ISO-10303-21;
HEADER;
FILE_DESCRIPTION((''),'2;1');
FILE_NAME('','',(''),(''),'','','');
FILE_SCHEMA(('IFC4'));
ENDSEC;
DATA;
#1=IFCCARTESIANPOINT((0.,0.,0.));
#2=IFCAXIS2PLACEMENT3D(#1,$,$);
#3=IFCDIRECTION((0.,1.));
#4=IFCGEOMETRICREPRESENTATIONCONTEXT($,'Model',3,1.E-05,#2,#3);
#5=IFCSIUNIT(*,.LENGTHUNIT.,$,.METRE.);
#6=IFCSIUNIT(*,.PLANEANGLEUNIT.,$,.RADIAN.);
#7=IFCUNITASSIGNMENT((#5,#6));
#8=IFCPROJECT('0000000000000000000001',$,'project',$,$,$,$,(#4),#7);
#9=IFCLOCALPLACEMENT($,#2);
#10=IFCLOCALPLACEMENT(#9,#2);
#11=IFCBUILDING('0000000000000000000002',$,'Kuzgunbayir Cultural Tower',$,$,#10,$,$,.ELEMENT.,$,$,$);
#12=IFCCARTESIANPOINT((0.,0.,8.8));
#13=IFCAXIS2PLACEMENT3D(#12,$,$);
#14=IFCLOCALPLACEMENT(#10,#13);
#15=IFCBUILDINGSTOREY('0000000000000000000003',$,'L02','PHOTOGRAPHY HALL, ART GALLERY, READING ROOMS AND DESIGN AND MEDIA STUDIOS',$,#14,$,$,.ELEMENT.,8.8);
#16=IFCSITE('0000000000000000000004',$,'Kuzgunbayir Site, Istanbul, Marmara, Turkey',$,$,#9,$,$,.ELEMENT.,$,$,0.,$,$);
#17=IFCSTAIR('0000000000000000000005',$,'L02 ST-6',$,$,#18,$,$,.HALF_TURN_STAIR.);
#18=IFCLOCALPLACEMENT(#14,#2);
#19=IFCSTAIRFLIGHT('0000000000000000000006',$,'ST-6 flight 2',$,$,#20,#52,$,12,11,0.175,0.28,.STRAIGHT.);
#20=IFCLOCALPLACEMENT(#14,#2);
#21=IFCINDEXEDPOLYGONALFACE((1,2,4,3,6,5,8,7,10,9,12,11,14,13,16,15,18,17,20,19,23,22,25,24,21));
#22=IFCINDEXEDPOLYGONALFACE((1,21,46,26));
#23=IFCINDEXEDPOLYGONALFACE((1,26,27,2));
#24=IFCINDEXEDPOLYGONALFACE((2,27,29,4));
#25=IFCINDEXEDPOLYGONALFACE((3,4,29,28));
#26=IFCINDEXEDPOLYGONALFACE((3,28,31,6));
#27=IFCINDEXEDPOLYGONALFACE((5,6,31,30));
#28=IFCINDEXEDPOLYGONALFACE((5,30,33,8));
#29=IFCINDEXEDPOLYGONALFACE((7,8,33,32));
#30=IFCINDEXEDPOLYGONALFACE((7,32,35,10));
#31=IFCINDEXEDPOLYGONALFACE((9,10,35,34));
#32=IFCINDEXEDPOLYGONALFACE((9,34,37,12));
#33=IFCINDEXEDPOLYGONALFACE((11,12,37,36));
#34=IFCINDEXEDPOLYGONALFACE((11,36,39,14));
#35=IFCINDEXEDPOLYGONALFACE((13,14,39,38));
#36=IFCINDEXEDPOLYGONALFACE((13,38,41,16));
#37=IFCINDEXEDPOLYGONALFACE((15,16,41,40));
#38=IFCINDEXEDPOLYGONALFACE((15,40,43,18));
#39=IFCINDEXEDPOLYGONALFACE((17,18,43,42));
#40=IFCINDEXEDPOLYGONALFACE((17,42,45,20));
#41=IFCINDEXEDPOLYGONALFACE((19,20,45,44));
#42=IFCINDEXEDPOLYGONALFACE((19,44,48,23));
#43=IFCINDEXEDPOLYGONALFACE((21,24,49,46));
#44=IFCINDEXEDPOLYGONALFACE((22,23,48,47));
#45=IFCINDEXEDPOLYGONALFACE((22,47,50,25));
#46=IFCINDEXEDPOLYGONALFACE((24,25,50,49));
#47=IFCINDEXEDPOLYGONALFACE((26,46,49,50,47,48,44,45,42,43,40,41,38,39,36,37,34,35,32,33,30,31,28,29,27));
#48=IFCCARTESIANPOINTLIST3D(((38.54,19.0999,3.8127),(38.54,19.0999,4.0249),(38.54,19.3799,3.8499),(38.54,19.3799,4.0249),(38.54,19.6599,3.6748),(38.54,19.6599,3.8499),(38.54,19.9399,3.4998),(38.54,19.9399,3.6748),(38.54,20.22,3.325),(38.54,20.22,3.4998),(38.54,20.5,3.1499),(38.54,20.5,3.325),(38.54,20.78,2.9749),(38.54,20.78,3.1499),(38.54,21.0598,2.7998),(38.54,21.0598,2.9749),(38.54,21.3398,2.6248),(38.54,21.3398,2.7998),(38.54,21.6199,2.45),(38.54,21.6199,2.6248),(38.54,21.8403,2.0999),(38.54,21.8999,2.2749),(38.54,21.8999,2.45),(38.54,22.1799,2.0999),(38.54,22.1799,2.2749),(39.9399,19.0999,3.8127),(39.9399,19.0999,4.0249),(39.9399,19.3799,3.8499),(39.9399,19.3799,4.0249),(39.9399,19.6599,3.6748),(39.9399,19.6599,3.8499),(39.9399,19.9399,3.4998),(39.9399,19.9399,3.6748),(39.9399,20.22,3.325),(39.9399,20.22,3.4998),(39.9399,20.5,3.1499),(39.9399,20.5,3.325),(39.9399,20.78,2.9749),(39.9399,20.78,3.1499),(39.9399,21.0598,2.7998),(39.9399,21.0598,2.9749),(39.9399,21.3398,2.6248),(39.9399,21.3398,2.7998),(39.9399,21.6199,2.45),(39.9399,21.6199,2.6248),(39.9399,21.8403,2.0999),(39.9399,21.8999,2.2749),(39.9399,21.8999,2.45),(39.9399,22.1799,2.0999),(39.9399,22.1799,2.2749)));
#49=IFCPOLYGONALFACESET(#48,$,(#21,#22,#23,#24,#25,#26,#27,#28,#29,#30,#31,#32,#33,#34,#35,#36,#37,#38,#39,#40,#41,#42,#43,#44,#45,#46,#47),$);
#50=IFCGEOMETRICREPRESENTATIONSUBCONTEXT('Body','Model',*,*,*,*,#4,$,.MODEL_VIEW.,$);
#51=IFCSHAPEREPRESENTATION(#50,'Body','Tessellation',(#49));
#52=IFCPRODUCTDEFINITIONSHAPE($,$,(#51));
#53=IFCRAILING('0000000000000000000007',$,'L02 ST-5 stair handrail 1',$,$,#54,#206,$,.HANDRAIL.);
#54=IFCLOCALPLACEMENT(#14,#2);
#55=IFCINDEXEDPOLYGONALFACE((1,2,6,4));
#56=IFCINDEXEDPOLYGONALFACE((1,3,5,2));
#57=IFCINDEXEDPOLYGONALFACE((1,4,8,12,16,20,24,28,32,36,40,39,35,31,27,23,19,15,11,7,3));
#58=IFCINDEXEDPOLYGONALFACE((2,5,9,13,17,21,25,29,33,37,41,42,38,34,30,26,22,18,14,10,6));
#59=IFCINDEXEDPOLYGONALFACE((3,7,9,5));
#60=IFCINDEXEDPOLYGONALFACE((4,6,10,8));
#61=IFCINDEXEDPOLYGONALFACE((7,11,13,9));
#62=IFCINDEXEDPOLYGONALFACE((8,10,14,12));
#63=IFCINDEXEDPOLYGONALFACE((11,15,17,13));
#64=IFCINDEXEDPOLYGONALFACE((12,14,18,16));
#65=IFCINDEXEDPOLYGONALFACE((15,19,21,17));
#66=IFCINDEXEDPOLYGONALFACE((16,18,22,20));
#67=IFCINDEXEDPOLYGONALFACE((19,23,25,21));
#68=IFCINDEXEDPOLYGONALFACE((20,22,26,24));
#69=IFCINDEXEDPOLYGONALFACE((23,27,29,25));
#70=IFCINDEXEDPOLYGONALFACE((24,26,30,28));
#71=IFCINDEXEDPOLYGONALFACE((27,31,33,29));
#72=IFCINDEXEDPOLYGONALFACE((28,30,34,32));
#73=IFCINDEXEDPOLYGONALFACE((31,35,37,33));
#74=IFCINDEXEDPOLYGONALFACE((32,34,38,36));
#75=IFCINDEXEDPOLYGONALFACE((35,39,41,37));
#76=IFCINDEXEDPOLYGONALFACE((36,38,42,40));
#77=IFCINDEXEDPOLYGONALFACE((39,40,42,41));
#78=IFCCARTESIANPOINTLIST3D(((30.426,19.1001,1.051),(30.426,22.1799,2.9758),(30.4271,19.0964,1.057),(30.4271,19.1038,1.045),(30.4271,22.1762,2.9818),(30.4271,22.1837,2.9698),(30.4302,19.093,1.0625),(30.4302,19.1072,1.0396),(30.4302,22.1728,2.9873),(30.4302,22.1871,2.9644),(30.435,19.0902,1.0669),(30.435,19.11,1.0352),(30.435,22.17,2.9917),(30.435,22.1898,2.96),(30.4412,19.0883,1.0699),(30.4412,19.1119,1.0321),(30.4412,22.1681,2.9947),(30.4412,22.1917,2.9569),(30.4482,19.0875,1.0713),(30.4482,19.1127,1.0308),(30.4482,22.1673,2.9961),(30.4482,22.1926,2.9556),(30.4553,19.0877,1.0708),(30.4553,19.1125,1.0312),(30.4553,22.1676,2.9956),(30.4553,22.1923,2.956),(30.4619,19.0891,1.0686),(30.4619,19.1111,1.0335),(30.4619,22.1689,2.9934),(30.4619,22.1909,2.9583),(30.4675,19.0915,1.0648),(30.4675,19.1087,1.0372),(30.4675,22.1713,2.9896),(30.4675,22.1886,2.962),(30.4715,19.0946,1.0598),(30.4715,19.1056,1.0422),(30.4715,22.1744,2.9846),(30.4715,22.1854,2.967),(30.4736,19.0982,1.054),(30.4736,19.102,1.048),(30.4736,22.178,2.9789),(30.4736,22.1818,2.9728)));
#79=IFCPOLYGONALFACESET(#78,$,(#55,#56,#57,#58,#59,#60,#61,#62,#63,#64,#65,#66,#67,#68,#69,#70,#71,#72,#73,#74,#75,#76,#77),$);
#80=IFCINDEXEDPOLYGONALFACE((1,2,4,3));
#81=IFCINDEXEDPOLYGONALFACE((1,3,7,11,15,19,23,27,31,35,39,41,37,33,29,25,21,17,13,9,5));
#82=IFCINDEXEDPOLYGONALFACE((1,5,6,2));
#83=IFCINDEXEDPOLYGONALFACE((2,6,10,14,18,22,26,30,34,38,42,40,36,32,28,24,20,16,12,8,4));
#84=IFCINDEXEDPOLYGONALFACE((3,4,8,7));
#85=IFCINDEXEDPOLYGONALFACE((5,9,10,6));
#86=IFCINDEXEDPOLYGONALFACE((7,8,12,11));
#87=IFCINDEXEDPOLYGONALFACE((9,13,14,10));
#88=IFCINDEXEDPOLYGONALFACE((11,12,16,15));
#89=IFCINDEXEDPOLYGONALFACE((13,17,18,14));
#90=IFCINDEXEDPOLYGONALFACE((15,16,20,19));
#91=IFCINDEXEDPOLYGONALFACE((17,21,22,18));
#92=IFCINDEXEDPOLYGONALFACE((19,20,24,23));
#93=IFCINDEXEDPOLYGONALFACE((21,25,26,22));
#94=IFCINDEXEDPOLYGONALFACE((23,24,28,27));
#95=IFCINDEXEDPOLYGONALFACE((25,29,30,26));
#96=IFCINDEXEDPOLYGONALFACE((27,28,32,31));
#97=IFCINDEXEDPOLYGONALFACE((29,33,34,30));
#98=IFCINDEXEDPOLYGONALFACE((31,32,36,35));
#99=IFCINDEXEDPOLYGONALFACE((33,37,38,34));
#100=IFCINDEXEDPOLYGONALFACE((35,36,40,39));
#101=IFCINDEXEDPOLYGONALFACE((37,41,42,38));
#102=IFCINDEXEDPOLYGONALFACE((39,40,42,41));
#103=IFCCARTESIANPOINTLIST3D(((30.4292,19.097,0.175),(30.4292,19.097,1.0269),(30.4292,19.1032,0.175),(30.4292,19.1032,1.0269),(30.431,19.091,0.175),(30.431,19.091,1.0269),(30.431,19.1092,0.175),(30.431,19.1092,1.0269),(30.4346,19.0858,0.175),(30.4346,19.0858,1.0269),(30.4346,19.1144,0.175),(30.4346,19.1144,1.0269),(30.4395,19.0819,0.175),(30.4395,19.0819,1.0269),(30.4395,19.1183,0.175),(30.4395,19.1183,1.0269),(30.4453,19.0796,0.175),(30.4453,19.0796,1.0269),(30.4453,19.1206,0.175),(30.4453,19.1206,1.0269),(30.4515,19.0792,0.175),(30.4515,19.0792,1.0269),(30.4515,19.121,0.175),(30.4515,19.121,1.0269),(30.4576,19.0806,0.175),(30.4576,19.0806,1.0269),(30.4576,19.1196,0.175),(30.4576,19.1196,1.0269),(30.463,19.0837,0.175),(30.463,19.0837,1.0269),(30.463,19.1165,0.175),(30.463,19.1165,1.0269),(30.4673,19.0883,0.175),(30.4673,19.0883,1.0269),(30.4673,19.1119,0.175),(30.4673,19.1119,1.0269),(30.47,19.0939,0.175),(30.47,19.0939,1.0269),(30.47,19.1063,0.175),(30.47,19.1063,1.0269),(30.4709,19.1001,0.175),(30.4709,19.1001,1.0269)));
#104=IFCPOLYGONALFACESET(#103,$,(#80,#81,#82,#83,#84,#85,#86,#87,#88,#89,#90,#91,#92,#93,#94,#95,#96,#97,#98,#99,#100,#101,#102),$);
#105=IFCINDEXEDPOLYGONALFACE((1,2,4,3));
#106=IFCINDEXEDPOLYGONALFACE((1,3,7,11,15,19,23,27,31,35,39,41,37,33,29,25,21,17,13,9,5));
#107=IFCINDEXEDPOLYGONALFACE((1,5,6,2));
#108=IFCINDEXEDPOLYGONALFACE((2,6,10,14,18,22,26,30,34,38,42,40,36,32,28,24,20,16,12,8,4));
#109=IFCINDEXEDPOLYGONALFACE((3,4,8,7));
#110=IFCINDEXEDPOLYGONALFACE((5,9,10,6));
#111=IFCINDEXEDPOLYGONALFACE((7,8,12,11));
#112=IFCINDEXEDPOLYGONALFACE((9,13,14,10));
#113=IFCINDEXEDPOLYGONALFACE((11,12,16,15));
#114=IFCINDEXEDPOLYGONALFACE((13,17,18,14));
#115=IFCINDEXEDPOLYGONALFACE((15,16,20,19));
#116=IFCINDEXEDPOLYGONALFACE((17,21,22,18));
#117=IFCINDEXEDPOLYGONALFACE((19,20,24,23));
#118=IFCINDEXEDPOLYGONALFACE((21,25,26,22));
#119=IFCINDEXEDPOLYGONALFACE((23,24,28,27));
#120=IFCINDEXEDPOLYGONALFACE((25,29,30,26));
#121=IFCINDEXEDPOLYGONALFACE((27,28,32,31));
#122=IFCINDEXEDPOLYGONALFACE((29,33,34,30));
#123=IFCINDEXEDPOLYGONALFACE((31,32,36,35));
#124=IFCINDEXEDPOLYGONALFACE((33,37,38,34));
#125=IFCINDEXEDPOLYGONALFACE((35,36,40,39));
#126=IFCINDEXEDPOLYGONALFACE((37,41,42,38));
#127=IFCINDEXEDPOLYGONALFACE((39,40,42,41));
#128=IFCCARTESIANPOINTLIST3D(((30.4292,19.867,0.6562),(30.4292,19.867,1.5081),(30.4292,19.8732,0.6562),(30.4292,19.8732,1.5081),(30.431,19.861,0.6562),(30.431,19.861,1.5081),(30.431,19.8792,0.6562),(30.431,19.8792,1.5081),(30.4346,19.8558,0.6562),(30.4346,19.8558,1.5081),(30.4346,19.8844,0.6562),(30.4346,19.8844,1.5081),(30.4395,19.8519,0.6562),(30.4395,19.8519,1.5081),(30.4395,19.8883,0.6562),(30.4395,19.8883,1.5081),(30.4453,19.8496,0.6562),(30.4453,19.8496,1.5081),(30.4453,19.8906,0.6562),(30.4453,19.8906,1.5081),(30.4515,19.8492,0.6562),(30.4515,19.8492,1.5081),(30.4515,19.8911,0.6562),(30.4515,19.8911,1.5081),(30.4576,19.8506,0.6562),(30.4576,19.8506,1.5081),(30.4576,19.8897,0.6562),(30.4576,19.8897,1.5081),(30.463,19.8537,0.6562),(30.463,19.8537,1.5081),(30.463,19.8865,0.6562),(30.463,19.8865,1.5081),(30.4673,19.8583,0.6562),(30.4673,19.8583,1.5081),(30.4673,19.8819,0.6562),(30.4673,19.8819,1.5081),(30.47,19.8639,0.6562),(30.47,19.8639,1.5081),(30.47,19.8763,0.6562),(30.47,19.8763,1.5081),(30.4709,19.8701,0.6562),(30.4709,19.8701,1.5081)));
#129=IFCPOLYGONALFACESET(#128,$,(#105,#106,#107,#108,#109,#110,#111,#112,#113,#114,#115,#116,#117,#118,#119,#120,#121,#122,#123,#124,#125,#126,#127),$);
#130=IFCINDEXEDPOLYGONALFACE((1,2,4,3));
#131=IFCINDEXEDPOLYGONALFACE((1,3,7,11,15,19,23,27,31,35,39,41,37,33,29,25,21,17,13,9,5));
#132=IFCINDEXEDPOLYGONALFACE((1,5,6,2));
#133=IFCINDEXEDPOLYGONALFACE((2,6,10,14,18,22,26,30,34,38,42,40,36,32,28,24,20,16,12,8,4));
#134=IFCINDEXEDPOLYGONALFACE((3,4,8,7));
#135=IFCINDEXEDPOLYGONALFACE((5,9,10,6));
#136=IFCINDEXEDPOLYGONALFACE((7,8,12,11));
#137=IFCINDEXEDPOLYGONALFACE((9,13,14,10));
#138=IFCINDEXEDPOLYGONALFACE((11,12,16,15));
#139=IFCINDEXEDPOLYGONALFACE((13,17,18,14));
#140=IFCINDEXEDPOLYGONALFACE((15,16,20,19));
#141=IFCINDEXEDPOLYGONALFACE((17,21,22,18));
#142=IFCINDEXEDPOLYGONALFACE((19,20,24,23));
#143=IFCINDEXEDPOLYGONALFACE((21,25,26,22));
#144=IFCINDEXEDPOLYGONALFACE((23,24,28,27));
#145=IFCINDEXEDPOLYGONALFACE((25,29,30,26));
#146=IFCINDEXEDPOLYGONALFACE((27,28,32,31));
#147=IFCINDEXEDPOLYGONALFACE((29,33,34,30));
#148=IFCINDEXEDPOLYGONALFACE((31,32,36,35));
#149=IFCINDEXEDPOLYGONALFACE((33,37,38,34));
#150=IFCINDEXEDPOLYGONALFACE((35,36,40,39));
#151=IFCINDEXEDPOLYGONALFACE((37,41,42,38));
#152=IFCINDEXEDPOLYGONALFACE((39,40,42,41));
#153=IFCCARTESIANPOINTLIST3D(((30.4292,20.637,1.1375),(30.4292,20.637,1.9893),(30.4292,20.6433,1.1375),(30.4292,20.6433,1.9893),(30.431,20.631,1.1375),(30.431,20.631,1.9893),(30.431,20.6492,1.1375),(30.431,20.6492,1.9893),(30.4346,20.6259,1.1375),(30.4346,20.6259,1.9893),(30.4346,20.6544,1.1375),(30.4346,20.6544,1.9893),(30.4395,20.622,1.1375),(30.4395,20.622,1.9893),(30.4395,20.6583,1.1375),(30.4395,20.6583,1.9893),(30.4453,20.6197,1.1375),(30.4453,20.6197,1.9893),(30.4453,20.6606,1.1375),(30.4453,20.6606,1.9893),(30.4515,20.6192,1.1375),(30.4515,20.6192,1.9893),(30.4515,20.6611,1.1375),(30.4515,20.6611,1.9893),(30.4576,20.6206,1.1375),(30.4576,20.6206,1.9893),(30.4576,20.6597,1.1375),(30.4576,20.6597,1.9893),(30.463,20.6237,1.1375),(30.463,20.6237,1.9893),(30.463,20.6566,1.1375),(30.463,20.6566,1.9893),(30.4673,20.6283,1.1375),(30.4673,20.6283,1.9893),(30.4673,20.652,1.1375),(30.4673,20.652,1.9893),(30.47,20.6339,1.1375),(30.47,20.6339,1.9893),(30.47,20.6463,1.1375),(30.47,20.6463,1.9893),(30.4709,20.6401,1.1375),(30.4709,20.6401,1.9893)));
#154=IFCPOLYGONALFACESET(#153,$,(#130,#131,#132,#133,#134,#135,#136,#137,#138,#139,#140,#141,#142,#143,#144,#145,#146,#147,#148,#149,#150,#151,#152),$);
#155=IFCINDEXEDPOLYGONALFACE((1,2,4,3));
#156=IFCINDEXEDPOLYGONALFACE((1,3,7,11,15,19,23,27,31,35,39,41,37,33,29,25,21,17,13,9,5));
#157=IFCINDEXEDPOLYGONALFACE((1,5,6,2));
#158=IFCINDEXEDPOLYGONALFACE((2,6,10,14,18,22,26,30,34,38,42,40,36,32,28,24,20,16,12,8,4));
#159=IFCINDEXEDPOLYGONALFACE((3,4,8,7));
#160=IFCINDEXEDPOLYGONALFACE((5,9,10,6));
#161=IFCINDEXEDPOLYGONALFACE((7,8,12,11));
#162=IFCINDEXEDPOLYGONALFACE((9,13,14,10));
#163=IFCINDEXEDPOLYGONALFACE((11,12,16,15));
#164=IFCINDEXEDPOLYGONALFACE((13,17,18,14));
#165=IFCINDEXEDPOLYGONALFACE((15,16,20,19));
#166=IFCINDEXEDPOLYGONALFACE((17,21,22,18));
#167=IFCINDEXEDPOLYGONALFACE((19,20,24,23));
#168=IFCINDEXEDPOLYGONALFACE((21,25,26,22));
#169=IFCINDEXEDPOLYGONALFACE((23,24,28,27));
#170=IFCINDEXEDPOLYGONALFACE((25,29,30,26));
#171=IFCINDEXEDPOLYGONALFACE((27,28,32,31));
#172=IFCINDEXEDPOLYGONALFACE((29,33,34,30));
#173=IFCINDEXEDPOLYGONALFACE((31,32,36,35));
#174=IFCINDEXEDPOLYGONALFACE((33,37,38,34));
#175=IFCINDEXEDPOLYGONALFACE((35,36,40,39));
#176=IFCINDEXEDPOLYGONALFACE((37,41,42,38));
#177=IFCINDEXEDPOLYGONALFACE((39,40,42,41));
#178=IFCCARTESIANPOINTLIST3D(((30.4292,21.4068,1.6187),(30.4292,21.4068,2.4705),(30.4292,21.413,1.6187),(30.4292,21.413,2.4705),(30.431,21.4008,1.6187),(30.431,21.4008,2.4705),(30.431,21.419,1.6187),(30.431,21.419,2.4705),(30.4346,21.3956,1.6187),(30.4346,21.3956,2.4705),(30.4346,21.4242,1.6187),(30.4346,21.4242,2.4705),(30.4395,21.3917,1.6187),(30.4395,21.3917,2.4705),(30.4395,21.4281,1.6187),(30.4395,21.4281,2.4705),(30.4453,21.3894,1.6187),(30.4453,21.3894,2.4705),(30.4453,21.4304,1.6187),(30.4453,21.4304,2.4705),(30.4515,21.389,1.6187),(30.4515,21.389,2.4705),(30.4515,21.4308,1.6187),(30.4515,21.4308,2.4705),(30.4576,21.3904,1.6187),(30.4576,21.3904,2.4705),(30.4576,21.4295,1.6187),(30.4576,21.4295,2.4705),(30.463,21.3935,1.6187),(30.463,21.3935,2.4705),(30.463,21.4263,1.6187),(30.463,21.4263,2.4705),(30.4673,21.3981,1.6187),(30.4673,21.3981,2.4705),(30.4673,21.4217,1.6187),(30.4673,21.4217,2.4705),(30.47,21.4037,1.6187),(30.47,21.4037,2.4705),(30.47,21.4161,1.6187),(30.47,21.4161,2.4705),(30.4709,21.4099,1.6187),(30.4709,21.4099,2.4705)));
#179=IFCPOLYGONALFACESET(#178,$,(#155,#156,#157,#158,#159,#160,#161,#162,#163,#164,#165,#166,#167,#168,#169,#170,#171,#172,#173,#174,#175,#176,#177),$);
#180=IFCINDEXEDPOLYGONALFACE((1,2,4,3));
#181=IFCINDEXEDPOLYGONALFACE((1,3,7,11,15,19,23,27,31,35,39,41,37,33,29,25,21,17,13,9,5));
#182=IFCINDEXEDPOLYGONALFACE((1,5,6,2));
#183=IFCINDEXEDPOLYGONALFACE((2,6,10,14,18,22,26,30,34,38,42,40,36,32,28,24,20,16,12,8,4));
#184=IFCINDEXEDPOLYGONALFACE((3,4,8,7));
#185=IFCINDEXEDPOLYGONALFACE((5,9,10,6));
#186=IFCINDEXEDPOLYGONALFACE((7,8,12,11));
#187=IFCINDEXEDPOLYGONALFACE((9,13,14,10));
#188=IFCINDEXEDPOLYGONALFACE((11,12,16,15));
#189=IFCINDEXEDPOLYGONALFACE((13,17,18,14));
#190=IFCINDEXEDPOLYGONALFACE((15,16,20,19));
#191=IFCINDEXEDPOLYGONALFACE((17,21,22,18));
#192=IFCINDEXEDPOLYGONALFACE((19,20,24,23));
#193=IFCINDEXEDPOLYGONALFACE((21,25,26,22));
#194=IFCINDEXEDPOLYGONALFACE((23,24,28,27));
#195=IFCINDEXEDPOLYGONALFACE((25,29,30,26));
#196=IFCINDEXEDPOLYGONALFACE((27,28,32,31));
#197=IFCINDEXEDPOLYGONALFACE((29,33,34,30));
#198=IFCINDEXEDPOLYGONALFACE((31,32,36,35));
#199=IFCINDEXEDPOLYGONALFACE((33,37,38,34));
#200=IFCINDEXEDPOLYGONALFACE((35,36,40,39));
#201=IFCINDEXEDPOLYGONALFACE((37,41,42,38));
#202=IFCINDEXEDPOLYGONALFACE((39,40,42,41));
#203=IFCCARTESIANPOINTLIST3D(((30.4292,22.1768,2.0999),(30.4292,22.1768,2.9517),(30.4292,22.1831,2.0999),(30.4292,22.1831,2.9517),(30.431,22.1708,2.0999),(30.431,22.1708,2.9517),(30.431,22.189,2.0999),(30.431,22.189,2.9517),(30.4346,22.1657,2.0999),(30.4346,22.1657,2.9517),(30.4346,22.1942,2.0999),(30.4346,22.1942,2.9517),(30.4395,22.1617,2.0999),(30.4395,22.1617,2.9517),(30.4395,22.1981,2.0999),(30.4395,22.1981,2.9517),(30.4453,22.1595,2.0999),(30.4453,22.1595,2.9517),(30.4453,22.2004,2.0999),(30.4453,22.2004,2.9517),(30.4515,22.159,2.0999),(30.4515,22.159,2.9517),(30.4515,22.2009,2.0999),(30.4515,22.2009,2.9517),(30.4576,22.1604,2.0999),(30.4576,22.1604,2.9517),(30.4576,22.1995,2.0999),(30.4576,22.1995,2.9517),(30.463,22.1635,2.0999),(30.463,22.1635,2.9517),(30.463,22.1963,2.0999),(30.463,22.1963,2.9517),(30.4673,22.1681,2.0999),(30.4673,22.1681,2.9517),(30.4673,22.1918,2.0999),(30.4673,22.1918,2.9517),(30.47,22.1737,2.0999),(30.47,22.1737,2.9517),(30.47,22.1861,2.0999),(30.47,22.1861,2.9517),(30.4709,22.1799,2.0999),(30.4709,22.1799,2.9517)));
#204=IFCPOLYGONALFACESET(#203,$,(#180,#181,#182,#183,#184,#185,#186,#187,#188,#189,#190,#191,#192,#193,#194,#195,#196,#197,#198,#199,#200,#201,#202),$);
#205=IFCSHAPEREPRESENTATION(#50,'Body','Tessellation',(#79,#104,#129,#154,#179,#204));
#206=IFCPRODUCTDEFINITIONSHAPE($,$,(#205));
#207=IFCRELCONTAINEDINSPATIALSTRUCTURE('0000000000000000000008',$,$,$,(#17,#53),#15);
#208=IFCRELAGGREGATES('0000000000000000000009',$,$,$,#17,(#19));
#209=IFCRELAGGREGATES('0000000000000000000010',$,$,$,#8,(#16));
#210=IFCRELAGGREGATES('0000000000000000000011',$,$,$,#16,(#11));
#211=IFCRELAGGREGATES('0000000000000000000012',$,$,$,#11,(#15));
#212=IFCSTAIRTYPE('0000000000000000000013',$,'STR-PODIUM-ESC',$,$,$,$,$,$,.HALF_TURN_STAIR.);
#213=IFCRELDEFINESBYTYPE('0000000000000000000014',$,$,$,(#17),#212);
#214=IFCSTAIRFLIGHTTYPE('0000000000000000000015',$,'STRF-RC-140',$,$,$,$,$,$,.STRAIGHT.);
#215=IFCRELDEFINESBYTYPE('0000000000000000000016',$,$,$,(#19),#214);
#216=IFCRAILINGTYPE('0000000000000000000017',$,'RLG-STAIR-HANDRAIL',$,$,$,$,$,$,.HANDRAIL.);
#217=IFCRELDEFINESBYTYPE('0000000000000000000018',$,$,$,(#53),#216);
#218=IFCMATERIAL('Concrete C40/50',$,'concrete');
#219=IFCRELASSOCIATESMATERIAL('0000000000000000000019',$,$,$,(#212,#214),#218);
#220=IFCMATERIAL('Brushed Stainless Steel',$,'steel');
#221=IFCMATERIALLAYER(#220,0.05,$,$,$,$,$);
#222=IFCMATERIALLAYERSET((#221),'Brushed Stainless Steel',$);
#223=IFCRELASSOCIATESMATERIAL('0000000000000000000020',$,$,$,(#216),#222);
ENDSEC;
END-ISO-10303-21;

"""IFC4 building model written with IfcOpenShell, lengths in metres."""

from ifc_helpers import new_model, si_unit, direction, frame, origin, origin_2d, place, context, subcontext, project, spatial, polyline, circle, outline, extrude, material, layer, layer_set, type_object, element, aggregate, save


model = new_model("IFC4")

# Units and contexts
model_context = context("Model", 3, precision=1e-05, world=origin(), true_north=direction((0.0, 1.0)))
body_context = subcontext(model_context, "Body", "Model", "MODEL_VIEW")
ifc_project = project(units=[si_unit("LENGTHUNIT", "METRE"), si_unit("PLANEANGLEUNIT", "RADIAN")], contexts=[model_context])

# Site, building, storey
site_placement = place(None, origin())
site = spatial("IfcSite", under=ifc_project, at=site_placement, Name="Kuzgunbayir Site, Istanbul, Marmara, Turkey", CompositionType="ELEMENT", RefElevation=0.0)
building_placement = place(site_placement, origin())
building = spatial("IfcBuilding", under=site, at=building_placement, Name="Kuzgunbayir Cultural Tower", CompositionType="ELEMENT")
storey_placement = place(building_placement, frame((0.0, 0.0, 8.8)))
storey = spatial("IfcBuildingStorey", under=building, at=storey_placement, Name="L02", Description="PHOTOGRAPHY HALL, ART GALLERY, READING ROOMS AND DESIGN AND MEDIA STUDIOS", CompositionType="ELEMENT", Elevation=8.8)

# Shared definitions
ifc_material_1 = material(Name="Concrete C40/50", Category="concrete")

# Stair, stair flight
stair_type = type_object("IfcStairType", Name="STR-PODIUM-ESC", PredefinedType="HALF_TURN_STAIR", material=ifc_material_1)
stair_flight_type = type_object("IfcStairFlightType", Name="STRF-RC-140", PredefinedType="STRAIGHT", material=ifc_material_1)
stair_1_placement = place(storey_placement, origin())
stair_1 = element("IfcStair", 1, at=stair_1_placement, inside=storey, type_object=stair_type, Name="L02 ST-6", PredefinedType="HALF_TURN_STAIR")
stair_flight_1_placement = place(storey_placement, frame((39.24, 22.1799, 2.0999), z_axis=(0.0, 0.0, 1.0), x_axis=(0.0, -1.0, 0.0)))
stair_flight_1 = element("IfcStairFlight", 2, at=stair_flight_1_placement, type_object=stair_flight_type, Name="ST-6 flight 2", NumberOfRisers=12, NumberOfTreads=11, PredefinedType="STRAIGHT", RiserHeight=0.175, TreadLength=0.28, context=body_context, shape_type="SweptSolid", body=[
    extrude(outline(polyline([(0.0, 0.0), (0.0, 0.175), (0.28, 0.175), (0.28, 0.3501), (0.5601, 0.3501), (0.5601, 0.5249), (0.8401, 0.5249), (0.8401, 0.7), (1.1201, 0.7), (1.1201, 0.875), (1.3999, 0.875), (1.3999, 1.05), (1.6799, 1.05), (1.6799, 1.2251), (1.96, 1.2251), (1.96, 1.3999), (2.24, 1.3999), (2.24, 1.575), (2.52, 1.575), (2.52, 1.75), (2.8, 1.75), (2.8, 1.925), (3.0801, 1.925), (3.0801, 2.1001), (3.0801, 1.7129), (0.3396, 0.0), (0.0, 0.0)])), frame((0.0, 0.7, 0.0), z_axis=(0.0, -1.0, 0.0), x_axis=(1.0, 0.0, 0.0)), (0.0, 0.0, 1.0), 1.3999),
])
aggregate(stair_1, [stair_flight_1])

# Railing
ifc_material_2 = material(Name="Brushed Stainless Steel", Category="steel")
ifc_layer_1 = layer(ifc_material_2, 0.05)
ifc_layer_set_1 = layer_set([ifc_layer_1], Name="Brushed Stainless Steel")
railing_type_1 = type_object("IfcRailingType", Name="RLG-STAIR-HANDRAIL", PredefinedType="HANDRAIL", material=ifc_layer_set_1)
railing_1_placement = place(storey_placement, frame((30.45, 19.1001, 0.175)))
element("IfcRailing", 3, at=railing_1_placement, inside=storey, type_object=railing_type_1, Name="L02 ST-5 stair handrail 1", PredefinedType="HANDRAIL", context=body_context, shape_type="SweptSolid", body=[
    extrude(circle(Radius=0.0239, at=origin_2d()), frame((0.0, 0.0, 0.876), z_axis=(0.0, 0.84801, 0.529981), x_axis=(-1.0, 0.0, 0.0)), (0.0, 0.0, 1.0), 3.6318),
    extrude(circle(Radius=0.021, at=origin_2d()), origin(), (0.0, 0.0, 1.0), 0.8518),
    extrude(circle(Radius=0.021, at=origin_2d()), frame((0.0, 0.77, 0.4812)), (0.0, 0.0, 1.0), 0.8518),
    extrude(circle(Radius=0.021, at=origin_2d()), frame((0.0, 1.54, 0.9624)), (0.0, 0.0, 1.0), 0.8518),
    extrude(circle(Radius=0.021, at=origin_2d()), frame((0.0, 2.3098, 1.4436)), (0.0, 0.0, 1.0), 0.8518),
    extrude(circle(Radius=0.021, at=origin_2d()), frame((0.0, 3.0798, 1.9248)), (0.0, 0.0, 1.0), 0.8518),
])

save(model, "model.ifc")
